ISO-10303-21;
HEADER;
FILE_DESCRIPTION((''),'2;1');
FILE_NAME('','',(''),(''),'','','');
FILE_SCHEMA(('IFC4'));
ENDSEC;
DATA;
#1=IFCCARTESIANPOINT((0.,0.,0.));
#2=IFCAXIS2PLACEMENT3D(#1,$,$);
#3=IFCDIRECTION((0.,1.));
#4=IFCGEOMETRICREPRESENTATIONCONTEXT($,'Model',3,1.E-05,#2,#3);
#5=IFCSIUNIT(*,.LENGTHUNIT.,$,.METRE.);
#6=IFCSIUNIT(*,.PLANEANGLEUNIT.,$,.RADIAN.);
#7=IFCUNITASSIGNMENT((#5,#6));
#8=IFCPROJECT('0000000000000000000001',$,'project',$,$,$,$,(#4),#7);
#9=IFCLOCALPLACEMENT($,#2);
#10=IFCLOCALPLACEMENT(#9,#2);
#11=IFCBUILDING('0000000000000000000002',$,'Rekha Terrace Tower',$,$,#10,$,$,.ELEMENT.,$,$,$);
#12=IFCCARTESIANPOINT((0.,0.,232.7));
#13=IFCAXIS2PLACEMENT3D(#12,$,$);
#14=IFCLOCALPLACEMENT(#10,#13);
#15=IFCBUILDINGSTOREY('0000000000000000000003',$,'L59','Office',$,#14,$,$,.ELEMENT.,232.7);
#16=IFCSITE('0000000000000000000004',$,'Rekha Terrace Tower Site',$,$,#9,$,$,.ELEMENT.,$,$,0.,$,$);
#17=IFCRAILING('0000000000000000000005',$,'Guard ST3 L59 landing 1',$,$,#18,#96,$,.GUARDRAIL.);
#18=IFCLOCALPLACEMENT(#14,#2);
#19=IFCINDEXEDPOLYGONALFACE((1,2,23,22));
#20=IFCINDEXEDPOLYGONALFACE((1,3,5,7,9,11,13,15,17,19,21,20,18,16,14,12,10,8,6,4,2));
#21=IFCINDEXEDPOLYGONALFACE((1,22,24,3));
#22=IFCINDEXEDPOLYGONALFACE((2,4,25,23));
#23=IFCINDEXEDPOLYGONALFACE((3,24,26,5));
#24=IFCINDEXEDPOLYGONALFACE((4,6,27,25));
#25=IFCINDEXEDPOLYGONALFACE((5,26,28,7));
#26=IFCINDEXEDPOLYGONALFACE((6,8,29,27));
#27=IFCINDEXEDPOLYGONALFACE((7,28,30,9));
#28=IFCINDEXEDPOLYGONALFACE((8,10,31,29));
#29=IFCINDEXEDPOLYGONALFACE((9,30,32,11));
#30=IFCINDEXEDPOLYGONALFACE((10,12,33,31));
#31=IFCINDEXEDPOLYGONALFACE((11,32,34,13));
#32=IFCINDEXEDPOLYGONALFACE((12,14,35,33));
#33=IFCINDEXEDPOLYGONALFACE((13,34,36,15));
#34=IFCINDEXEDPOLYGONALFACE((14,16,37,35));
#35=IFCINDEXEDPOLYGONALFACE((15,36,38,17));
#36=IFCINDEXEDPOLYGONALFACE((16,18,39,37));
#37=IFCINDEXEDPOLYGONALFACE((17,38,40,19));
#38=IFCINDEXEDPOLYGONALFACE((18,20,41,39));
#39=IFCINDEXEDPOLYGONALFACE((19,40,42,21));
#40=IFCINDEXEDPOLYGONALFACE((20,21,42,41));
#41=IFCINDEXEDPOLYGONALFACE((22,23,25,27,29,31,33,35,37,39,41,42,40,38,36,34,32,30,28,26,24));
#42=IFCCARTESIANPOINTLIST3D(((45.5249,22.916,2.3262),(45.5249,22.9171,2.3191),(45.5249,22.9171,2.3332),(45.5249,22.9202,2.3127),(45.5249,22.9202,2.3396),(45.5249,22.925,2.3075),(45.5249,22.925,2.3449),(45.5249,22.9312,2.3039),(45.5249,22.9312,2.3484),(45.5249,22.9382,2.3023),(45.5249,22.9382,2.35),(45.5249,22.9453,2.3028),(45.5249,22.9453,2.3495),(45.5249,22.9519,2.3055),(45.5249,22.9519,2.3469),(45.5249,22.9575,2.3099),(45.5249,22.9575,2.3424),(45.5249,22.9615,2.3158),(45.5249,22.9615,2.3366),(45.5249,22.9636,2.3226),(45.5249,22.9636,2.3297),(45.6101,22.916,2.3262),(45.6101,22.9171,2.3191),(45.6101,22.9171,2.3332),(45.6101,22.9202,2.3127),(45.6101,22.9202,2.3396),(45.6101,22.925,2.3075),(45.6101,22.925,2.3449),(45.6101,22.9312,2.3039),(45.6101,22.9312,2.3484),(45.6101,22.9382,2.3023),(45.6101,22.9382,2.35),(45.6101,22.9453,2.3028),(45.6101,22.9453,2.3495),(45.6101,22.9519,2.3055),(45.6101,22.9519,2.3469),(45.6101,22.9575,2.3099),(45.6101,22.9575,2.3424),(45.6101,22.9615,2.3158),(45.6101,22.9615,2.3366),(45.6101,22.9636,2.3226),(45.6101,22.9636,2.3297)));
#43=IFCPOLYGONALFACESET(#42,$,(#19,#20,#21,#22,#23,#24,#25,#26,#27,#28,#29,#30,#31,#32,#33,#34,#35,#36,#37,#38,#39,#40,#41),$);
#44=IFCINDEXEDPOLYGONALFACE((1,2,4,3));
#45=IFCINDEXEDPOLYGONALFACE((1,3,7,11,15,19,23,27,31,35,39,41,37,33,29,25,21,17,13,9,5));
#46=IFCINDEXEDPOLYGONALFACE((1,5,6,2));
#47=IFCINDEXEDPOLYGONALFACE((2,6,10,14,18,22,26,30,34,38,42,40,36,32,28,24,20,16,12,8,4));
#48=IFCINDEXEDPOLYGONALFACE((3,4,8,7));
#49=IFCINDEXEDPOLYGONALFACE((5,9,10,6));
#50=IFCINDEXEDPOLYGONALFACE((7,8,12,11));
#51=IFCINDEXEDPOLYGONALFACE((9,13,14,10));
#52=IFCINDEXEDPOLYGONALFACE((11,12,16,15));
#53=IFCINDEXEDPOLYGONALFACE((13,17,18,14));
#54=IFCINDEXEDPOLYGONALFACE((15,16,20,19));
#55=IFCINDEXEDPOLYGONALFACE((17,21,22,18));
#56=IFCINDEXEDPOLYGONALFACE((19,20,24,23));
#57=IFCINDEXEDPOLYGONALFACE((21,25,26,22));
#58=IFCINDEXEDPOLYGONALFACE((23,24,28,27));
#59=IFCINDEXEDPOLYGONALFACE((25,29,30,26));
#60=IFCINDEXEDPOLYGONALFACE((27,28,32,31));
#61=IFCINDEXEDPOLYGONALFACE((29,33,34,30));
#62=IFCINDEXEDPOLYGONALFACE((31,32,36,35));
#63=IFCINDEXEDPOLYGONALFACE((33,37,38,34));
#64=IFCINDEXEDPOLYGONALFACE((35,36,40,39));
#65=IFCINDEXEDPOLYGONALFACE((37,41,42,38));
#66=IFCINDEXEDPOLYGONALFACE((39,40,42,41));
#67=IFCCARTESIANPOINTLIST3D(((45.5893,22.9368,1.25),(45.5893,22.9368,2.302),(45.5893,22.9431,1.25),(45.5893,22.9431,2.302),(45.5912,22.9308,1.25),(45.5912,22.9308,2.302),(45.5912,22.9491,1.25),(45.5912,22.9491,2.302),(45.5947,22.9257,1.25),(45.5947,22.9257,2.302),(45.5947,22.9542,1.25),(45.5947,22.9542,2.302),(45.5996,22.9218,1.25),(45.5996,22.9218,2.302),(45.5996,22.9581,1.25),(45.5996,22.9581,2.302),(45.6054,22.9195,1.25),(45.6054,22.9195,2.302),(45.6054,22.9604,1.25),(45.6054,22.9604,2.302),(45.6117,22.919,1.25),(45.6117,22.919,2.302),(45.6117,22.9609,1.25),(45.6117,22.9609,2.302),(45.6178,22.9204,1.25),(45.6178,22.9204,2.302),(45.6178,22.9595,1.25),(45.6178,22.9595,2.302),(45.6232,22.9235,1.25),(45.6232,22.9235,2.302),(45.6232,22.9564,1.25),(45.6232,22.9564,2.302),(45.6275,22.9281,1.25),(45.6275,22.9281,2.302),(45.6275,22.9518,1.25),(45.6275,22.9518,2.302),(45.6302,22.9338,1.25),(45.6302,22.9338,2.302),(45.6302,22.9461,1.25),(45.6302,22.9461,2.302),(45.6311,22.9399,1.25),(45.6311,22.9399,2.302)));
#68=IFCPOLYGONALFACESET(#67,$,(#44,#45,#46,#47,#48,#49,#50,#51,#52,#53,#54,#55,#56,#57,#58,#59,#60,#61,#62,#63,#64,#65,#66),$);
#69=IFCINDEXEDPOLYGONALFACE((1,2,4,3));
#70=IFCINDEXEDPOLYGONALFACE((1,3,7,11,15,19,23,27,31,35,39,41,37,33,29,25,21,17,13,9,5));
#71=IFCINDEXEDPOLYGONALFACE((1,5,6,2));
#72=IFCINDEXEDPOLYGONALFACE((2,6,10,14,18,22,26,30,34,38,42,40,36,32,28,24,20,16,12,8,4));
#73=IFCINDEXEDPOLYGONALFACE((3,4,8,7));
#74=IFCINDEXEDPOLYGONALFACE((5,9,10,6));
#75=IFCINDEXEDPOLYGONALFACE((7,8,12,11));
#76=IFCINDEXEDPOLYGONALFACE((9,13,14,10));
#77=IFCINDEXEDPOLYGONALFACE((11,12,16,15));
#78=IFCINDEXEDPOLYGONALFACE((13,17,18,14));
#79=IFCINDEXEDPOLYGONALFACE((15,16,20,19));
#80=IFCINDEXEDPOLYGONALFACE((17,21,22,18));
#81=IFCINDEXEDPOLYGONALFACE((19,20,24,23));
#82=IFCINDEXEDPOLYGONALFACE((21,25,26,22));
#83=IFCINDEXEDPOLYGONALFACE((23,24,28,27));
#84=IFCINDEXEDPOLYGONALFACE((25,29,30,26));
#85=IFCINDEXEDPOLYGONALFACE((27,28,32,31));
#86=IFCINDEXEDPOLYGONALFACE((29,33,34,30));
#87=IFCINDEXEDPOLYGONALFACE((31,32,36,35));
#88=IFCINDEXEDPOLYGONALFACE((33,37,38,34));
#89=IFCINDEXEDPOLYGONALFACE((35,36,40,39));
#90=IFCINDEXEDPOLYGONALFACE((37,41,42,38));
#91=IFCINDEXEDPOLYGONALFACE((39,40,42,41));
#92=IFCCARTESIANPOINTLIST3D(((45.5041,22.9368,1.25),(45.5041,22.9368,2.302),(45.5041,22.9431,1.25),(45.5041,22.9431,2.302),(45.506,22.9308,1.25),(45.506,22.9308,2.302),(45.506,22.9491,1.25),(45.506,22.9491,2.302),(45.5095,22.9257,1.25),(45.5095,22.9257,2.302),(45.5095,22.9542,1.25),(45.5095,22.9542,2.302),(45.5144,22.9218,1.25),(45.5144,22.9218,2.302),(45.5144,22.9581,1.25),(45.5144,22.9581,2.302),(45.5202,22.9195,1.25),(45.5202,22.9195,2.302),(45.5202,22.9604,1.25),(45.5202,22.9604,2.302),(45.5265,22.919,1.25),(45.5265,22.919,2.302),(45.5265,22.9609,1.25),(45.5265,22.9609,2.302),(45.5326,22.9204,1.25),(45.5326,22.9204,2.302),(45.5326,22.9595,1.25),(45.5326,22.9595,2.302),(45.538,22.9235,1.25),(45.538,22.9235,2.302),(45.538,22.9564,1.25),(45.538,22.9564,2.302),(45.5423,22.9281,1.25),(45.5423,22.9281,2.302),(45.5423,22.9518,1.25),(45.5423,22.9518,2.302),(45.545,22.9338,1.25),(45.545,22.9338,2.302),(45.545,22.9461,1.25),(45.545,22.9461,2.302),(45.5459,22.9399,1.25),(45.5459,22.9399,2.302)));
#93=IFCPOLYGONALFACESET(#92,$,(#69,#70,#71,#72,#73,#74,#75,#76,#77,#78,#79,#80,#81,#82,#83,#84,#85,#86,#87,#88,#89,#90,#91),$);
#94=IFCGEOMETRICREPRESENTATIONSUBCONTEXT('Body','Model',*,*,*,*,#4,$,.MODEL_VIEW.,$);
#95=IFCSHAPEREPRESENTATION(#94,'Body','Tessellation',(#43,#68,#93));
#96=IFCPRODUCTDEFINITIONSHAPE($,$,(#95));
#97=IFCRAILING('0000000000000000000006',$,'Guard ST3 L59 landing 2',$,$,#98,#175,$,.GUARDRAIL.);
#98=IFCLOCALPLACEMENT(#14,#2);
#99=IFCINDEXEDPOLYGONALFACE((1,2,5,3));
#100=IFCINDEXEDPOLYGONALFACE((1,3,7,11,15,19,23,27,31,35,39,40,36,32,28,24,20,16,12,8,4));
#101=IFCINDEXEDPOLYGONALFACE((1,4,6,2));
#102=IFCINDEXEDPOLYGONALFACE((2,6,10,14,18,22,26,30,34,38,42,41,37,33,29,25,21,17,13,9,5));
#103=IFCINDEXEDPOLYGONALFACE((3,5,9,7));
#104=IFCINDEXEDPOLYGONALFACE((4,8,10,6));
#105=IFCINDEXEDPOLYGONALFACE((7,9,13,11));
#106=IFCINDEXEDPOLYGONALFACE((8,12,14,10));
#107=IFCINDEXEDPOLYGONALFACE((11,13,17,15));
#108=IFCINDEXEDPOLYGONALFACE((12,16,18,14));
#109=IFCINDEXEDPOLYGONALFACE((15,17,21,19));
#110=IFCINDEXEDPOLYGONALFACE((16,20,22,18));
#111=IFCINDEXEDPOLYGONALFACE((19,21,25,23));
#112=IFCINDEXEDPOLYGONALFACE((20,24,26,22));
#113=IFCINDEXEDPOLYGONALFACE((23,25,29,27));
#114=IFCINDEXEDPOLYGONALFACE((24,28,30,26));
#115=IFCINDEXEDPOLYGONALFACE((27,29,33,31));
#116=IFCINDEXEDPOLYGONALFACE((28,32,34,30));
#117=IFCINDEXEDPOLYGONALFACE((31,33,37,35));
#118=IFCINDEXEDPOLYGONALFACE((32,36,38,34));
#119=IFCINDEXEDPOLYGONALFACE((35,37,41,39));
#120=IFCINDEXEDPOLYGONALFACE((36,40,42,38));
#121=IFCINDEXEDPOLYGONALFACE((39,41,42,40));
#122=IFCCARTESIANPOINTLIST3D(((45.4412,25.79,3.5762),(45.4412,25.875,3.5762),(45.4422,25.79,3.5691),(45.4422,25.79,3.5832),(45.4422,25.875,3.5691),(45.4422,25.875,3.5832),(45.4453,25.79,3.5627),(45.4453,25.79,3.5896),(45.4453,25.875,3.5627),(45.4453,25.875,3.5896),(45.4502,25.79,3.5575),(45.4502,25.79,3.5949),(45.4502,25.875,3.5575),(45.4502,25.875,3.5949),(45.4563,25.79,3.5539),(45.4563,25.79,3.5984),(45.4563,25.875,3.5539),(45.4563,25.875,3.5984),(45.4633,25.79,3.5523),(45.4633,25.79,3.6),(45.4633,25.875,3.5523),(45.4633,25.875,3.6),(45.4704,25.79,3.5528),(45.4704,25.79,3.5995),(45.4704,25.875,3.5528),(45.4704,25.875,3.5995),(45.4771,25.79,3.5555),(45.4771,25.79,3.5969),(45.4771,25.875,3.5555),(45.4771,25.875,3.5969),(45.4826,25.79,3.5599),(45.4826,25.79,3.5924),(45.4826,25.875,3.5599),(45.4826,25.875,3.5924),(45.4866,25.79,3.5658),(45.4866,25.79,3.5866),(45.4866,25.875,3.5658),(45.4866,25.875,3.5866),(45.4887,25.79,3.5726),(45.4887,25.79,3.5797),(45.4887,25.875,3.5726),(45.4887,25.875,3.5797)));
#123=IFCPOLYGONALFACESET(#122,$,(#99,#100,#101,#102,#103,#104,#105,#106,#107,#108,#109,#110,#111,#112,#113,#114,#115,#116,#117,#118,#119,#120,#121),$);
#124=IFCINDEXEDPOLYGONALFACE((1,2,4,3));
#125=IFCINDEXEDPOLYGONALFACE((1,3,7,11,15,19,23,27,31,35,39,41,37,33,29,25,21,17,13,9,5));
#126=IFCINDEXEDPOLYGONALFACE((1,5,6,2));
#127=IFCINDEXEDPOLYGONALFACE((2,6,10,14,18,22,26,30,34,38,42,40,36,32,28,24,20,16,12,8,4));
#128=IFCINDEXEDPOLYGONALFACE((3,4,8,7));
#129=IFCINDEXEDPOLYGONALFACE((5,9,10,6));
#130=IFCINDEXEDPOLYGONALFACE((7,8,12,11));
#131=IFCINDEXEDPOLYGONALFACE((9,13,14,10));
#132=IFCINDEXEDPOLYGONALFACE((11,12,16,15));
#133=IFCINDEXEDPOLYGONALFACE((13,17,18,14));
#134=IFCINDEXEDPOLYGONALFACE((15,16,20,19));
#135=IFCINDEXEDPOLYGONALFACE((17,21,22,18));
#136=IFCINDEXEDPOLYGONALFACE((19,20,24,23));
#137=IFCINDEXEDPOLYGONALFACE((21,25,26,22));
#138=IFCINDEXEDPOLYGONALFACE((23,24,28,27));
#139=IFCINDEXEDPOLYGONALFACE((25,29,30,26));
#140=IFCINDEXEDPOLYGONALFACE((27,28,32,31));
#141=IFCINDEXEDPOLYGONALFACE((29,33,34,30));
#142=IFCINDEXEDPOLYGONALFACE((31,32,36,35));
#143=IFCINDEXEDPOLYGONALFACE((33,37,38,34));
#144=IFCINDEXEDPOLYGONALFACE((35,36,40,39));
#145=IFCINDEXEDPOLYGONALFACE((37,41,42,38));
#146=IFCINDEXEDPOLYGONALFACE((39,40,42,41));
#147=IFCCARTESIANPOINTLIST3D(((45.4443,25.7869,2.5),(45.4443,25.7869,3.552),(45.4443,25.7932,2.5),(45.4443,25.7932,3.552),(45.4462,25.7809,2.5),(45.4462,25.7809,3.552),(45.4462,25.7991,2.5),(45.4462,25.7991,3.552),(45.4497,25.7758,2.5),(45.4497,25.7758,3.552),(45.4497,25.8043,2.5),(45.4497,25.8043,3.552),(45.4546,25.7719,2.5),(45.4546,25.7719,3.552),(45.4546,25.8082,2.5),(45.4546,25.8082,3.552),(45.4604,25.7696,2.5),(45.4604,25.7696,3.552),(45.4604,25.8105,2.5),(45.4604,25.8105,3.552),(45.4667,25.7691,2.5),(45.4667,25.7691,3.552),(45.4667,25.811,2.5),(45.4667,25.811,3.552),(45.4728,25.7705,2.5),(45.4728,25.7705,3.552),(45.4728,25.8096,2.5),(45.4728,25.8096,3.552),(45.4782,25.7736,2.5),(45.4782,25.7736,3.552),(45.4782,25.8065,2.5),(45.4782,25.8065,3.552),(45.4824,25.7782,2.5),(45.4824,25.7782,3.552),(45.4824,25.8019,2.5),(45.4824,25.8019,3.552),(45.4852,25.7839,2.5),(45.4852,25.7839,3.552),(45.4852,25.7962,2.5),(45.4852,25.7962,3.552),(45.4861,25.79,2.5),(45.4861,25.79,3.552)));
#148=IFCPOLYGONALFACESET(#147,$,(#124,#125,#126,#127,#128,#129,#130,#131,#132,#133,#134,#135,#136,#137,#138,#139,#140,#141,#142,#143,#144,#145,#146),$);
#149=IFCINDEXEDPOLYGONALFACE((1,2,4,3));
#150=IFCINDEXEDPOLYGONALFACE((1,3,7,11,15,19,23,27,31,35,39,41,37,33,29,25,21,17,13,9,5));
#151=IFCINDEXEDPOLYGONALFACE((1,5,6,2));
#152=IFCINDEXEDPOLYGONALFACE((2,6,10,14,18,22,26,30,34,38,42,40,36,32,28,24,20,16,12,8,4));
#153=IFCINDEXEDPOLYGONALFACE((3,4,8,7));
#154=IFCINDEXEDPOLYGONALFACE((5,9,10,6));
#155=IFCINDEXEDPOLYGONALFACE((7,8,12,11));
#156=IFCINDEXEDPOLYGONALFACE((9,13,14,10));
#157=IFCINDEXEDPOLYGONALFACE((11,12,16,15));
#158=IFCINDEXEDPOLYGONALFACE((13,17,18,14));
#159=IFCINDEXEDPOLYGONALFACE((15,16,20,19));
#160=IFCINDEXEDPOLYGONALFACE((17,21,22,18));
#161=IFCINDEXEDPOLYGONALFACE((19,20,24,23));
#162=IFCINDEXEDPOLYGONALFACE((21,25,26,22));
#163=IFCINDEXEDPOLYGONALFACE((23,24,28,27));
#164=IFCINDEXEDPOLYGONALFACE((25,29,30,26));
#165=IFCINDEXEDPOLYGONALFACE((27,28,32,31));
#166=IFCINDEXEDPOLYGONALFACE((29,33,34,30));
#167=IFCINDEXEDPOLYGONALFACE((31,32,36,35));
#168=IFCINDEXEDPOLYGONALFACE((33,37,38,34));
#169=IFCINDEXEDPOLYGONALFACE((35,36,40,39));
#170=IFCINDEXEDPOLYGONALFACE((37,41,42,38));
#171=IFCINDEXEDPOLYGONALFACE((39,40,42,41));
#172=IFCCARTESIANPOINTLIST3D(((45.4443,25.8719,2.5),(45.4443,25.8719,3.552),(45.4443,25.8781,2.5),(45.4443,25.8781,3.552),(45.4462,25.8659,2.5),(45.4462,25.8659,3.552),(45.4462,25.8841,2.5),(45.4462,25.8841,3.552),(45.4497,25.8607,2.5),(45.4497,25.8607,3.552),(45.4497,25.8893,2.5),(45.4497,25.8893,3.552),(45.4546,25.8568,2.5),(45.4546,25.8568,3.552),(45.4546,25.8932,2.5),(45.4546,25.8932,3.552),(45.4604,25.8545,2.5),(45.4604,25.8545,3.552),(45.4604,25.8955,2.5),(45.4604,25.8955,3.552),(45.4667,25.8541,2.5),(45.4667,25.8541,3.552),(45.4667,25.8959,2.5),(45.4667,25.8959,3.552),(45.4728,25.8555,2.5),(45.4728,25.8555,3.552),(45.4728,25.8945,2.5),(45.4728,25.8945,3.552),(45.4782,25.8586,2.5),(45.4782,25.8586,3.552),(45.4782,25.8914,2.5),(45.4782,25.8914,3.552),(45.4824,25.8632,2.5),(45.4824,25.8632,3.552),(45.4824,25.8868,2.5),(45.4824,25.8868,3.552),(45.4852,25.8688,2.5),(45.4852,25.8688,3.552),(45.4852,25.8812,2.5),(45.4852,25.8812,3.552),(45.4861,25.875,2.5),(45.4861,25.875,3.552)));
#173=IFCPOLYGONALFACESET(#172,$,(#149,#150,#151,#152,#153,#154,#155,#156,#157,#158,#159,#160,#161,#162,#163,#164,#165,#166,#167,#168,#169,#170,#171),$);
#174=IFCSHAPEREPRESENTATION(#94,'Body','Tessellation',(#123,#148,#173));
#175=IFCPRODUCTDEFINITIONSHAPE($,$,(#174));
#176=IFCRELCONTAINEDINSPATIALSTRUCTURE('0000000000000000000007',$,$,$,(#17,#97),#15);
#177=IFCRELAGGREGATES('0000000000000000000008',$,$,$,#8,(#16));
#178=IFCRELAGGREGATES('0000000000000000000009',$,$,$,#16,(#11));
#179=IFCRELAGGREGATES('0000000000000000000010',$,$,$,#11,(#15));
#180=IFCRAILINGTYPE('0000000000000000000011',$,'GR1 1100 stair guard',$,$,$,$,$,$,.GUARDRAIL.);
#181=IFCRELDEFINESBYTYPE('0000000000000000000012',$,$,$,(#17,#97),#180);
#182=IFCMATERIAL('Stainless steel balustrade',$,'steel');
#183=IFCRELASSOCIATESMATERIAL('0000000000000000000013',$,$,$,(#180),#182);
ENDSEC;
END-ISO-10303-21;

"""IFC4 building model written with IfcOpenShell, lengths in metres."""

from ifc_helpers import new_model, si_unit, direction, frame, origin, origin_2d, place, context, subcontext, project, spatial, circle, extrude, material, type_object, element, save


model = new_model("IFC4")

# Units and contexts
model_context = context("Model", 3, precision=1e-05, world=origin(), true_north=direction((0.0, 1.0)))
body_context = subcontext(model_context, "Body", "Model", "MODEL_VIEW")
ifc_project = project(units=[si_unit("LENGTHUNIT", "METRE"), si_unit("PLANEANGLEUNIT", "RADIAN")], contexts=[model_context])

# Site, building, storey
site_placement = place(None, origin())
site = spatial("IfcSite", under=ifc_project, at=site_placement, Name="Rekha Terrace Tower Site", CompositionType="ELEMENT", RefElevation=0.0)
building_placement = place(site_placement, origin())
building = spatial("IfcBuilding", under=site, at=building_placement, Name="Rekha Terrace Tower", CompositionType="ELEMENT")
storey_placement = place(building_placement, frame((0.0, 0.0, 232.7)))
storey = spatial("IfcBuildingStorey", under=building, at=storey_placement, Name="L59", Description="Office", CompositionType="ELEMENT", Elevation=232.7)

# Railings
ifc_material_1 = material(Name="Stainless steel balustrade", Category="steel")
railing_type_1 = type_object("IfcRailingType", Name="GR1 1100 stair guard", PredefinedType="GUARDRAIL", material=ifc_material_1)
railing_1_placement = place(storey_placement, frame((45.6101, 22.9399, 1.25)))
element("IfcRailing", 1, at=railing_1_placement, inside=storey, type_object=railing_type_1, Name="Guard ST3 L59 landing 1", PredefinedType="GUARDRAIL", context=body_context, shape_type="SweptSolid", body=[
    extrude(circle(Radius=0.0239, at=origin_2d()), frame((0.0, 0.0, 1.0762), z_axis=(-1.0, 0.0, 0.0), x_axis=(0.0, -1.0, 0.0)), (0.0, 0.0, 1.0), 0.0852),
    extrude(circle(Radius=0.021, at=origin_2d()), origin(), (0.0, 0.0, 1.0), 1.052),
    extrude(circle(Radius=0.021, at=origin_2d()), frame((-0.0852, 0.0, 0.0)), (0.0, 0.0, 1.0), 1.052),
])
railing_2_placement = place(storey_placement, frame((45.4651, 25.79, 2.5)))
element("IfcRailing", 2, at=railing_2_placement, inside=storey, type_object=railing_type_1, Name="Guard ST3 L59 landing 2", PredefinedType="GUARDRAIL", context=body_context, shape_type="SweptSolid", body=[
    extrude(circle(Radius=0.0239, at=origin_2d()), frame((0.0, 0.0, 1.0762), z_axis=(0.0, 1.0, 0.0), x_axis=(-1.0, 0.0, 0.0)), (0.0, 0.0, 1.0), 0.085),
    extrude(circle(Radius=0.021, at=origin_2d()), origin(), (0.0, 0.0, 1.0), 1.052),
    extrude(circle(Radius=0.021, at=origin_2d()), frame((0.0, 0.085, 0.0)), (0.0, 0.0, 1.0), 1.052),
])

save(model, "model.ifc")
